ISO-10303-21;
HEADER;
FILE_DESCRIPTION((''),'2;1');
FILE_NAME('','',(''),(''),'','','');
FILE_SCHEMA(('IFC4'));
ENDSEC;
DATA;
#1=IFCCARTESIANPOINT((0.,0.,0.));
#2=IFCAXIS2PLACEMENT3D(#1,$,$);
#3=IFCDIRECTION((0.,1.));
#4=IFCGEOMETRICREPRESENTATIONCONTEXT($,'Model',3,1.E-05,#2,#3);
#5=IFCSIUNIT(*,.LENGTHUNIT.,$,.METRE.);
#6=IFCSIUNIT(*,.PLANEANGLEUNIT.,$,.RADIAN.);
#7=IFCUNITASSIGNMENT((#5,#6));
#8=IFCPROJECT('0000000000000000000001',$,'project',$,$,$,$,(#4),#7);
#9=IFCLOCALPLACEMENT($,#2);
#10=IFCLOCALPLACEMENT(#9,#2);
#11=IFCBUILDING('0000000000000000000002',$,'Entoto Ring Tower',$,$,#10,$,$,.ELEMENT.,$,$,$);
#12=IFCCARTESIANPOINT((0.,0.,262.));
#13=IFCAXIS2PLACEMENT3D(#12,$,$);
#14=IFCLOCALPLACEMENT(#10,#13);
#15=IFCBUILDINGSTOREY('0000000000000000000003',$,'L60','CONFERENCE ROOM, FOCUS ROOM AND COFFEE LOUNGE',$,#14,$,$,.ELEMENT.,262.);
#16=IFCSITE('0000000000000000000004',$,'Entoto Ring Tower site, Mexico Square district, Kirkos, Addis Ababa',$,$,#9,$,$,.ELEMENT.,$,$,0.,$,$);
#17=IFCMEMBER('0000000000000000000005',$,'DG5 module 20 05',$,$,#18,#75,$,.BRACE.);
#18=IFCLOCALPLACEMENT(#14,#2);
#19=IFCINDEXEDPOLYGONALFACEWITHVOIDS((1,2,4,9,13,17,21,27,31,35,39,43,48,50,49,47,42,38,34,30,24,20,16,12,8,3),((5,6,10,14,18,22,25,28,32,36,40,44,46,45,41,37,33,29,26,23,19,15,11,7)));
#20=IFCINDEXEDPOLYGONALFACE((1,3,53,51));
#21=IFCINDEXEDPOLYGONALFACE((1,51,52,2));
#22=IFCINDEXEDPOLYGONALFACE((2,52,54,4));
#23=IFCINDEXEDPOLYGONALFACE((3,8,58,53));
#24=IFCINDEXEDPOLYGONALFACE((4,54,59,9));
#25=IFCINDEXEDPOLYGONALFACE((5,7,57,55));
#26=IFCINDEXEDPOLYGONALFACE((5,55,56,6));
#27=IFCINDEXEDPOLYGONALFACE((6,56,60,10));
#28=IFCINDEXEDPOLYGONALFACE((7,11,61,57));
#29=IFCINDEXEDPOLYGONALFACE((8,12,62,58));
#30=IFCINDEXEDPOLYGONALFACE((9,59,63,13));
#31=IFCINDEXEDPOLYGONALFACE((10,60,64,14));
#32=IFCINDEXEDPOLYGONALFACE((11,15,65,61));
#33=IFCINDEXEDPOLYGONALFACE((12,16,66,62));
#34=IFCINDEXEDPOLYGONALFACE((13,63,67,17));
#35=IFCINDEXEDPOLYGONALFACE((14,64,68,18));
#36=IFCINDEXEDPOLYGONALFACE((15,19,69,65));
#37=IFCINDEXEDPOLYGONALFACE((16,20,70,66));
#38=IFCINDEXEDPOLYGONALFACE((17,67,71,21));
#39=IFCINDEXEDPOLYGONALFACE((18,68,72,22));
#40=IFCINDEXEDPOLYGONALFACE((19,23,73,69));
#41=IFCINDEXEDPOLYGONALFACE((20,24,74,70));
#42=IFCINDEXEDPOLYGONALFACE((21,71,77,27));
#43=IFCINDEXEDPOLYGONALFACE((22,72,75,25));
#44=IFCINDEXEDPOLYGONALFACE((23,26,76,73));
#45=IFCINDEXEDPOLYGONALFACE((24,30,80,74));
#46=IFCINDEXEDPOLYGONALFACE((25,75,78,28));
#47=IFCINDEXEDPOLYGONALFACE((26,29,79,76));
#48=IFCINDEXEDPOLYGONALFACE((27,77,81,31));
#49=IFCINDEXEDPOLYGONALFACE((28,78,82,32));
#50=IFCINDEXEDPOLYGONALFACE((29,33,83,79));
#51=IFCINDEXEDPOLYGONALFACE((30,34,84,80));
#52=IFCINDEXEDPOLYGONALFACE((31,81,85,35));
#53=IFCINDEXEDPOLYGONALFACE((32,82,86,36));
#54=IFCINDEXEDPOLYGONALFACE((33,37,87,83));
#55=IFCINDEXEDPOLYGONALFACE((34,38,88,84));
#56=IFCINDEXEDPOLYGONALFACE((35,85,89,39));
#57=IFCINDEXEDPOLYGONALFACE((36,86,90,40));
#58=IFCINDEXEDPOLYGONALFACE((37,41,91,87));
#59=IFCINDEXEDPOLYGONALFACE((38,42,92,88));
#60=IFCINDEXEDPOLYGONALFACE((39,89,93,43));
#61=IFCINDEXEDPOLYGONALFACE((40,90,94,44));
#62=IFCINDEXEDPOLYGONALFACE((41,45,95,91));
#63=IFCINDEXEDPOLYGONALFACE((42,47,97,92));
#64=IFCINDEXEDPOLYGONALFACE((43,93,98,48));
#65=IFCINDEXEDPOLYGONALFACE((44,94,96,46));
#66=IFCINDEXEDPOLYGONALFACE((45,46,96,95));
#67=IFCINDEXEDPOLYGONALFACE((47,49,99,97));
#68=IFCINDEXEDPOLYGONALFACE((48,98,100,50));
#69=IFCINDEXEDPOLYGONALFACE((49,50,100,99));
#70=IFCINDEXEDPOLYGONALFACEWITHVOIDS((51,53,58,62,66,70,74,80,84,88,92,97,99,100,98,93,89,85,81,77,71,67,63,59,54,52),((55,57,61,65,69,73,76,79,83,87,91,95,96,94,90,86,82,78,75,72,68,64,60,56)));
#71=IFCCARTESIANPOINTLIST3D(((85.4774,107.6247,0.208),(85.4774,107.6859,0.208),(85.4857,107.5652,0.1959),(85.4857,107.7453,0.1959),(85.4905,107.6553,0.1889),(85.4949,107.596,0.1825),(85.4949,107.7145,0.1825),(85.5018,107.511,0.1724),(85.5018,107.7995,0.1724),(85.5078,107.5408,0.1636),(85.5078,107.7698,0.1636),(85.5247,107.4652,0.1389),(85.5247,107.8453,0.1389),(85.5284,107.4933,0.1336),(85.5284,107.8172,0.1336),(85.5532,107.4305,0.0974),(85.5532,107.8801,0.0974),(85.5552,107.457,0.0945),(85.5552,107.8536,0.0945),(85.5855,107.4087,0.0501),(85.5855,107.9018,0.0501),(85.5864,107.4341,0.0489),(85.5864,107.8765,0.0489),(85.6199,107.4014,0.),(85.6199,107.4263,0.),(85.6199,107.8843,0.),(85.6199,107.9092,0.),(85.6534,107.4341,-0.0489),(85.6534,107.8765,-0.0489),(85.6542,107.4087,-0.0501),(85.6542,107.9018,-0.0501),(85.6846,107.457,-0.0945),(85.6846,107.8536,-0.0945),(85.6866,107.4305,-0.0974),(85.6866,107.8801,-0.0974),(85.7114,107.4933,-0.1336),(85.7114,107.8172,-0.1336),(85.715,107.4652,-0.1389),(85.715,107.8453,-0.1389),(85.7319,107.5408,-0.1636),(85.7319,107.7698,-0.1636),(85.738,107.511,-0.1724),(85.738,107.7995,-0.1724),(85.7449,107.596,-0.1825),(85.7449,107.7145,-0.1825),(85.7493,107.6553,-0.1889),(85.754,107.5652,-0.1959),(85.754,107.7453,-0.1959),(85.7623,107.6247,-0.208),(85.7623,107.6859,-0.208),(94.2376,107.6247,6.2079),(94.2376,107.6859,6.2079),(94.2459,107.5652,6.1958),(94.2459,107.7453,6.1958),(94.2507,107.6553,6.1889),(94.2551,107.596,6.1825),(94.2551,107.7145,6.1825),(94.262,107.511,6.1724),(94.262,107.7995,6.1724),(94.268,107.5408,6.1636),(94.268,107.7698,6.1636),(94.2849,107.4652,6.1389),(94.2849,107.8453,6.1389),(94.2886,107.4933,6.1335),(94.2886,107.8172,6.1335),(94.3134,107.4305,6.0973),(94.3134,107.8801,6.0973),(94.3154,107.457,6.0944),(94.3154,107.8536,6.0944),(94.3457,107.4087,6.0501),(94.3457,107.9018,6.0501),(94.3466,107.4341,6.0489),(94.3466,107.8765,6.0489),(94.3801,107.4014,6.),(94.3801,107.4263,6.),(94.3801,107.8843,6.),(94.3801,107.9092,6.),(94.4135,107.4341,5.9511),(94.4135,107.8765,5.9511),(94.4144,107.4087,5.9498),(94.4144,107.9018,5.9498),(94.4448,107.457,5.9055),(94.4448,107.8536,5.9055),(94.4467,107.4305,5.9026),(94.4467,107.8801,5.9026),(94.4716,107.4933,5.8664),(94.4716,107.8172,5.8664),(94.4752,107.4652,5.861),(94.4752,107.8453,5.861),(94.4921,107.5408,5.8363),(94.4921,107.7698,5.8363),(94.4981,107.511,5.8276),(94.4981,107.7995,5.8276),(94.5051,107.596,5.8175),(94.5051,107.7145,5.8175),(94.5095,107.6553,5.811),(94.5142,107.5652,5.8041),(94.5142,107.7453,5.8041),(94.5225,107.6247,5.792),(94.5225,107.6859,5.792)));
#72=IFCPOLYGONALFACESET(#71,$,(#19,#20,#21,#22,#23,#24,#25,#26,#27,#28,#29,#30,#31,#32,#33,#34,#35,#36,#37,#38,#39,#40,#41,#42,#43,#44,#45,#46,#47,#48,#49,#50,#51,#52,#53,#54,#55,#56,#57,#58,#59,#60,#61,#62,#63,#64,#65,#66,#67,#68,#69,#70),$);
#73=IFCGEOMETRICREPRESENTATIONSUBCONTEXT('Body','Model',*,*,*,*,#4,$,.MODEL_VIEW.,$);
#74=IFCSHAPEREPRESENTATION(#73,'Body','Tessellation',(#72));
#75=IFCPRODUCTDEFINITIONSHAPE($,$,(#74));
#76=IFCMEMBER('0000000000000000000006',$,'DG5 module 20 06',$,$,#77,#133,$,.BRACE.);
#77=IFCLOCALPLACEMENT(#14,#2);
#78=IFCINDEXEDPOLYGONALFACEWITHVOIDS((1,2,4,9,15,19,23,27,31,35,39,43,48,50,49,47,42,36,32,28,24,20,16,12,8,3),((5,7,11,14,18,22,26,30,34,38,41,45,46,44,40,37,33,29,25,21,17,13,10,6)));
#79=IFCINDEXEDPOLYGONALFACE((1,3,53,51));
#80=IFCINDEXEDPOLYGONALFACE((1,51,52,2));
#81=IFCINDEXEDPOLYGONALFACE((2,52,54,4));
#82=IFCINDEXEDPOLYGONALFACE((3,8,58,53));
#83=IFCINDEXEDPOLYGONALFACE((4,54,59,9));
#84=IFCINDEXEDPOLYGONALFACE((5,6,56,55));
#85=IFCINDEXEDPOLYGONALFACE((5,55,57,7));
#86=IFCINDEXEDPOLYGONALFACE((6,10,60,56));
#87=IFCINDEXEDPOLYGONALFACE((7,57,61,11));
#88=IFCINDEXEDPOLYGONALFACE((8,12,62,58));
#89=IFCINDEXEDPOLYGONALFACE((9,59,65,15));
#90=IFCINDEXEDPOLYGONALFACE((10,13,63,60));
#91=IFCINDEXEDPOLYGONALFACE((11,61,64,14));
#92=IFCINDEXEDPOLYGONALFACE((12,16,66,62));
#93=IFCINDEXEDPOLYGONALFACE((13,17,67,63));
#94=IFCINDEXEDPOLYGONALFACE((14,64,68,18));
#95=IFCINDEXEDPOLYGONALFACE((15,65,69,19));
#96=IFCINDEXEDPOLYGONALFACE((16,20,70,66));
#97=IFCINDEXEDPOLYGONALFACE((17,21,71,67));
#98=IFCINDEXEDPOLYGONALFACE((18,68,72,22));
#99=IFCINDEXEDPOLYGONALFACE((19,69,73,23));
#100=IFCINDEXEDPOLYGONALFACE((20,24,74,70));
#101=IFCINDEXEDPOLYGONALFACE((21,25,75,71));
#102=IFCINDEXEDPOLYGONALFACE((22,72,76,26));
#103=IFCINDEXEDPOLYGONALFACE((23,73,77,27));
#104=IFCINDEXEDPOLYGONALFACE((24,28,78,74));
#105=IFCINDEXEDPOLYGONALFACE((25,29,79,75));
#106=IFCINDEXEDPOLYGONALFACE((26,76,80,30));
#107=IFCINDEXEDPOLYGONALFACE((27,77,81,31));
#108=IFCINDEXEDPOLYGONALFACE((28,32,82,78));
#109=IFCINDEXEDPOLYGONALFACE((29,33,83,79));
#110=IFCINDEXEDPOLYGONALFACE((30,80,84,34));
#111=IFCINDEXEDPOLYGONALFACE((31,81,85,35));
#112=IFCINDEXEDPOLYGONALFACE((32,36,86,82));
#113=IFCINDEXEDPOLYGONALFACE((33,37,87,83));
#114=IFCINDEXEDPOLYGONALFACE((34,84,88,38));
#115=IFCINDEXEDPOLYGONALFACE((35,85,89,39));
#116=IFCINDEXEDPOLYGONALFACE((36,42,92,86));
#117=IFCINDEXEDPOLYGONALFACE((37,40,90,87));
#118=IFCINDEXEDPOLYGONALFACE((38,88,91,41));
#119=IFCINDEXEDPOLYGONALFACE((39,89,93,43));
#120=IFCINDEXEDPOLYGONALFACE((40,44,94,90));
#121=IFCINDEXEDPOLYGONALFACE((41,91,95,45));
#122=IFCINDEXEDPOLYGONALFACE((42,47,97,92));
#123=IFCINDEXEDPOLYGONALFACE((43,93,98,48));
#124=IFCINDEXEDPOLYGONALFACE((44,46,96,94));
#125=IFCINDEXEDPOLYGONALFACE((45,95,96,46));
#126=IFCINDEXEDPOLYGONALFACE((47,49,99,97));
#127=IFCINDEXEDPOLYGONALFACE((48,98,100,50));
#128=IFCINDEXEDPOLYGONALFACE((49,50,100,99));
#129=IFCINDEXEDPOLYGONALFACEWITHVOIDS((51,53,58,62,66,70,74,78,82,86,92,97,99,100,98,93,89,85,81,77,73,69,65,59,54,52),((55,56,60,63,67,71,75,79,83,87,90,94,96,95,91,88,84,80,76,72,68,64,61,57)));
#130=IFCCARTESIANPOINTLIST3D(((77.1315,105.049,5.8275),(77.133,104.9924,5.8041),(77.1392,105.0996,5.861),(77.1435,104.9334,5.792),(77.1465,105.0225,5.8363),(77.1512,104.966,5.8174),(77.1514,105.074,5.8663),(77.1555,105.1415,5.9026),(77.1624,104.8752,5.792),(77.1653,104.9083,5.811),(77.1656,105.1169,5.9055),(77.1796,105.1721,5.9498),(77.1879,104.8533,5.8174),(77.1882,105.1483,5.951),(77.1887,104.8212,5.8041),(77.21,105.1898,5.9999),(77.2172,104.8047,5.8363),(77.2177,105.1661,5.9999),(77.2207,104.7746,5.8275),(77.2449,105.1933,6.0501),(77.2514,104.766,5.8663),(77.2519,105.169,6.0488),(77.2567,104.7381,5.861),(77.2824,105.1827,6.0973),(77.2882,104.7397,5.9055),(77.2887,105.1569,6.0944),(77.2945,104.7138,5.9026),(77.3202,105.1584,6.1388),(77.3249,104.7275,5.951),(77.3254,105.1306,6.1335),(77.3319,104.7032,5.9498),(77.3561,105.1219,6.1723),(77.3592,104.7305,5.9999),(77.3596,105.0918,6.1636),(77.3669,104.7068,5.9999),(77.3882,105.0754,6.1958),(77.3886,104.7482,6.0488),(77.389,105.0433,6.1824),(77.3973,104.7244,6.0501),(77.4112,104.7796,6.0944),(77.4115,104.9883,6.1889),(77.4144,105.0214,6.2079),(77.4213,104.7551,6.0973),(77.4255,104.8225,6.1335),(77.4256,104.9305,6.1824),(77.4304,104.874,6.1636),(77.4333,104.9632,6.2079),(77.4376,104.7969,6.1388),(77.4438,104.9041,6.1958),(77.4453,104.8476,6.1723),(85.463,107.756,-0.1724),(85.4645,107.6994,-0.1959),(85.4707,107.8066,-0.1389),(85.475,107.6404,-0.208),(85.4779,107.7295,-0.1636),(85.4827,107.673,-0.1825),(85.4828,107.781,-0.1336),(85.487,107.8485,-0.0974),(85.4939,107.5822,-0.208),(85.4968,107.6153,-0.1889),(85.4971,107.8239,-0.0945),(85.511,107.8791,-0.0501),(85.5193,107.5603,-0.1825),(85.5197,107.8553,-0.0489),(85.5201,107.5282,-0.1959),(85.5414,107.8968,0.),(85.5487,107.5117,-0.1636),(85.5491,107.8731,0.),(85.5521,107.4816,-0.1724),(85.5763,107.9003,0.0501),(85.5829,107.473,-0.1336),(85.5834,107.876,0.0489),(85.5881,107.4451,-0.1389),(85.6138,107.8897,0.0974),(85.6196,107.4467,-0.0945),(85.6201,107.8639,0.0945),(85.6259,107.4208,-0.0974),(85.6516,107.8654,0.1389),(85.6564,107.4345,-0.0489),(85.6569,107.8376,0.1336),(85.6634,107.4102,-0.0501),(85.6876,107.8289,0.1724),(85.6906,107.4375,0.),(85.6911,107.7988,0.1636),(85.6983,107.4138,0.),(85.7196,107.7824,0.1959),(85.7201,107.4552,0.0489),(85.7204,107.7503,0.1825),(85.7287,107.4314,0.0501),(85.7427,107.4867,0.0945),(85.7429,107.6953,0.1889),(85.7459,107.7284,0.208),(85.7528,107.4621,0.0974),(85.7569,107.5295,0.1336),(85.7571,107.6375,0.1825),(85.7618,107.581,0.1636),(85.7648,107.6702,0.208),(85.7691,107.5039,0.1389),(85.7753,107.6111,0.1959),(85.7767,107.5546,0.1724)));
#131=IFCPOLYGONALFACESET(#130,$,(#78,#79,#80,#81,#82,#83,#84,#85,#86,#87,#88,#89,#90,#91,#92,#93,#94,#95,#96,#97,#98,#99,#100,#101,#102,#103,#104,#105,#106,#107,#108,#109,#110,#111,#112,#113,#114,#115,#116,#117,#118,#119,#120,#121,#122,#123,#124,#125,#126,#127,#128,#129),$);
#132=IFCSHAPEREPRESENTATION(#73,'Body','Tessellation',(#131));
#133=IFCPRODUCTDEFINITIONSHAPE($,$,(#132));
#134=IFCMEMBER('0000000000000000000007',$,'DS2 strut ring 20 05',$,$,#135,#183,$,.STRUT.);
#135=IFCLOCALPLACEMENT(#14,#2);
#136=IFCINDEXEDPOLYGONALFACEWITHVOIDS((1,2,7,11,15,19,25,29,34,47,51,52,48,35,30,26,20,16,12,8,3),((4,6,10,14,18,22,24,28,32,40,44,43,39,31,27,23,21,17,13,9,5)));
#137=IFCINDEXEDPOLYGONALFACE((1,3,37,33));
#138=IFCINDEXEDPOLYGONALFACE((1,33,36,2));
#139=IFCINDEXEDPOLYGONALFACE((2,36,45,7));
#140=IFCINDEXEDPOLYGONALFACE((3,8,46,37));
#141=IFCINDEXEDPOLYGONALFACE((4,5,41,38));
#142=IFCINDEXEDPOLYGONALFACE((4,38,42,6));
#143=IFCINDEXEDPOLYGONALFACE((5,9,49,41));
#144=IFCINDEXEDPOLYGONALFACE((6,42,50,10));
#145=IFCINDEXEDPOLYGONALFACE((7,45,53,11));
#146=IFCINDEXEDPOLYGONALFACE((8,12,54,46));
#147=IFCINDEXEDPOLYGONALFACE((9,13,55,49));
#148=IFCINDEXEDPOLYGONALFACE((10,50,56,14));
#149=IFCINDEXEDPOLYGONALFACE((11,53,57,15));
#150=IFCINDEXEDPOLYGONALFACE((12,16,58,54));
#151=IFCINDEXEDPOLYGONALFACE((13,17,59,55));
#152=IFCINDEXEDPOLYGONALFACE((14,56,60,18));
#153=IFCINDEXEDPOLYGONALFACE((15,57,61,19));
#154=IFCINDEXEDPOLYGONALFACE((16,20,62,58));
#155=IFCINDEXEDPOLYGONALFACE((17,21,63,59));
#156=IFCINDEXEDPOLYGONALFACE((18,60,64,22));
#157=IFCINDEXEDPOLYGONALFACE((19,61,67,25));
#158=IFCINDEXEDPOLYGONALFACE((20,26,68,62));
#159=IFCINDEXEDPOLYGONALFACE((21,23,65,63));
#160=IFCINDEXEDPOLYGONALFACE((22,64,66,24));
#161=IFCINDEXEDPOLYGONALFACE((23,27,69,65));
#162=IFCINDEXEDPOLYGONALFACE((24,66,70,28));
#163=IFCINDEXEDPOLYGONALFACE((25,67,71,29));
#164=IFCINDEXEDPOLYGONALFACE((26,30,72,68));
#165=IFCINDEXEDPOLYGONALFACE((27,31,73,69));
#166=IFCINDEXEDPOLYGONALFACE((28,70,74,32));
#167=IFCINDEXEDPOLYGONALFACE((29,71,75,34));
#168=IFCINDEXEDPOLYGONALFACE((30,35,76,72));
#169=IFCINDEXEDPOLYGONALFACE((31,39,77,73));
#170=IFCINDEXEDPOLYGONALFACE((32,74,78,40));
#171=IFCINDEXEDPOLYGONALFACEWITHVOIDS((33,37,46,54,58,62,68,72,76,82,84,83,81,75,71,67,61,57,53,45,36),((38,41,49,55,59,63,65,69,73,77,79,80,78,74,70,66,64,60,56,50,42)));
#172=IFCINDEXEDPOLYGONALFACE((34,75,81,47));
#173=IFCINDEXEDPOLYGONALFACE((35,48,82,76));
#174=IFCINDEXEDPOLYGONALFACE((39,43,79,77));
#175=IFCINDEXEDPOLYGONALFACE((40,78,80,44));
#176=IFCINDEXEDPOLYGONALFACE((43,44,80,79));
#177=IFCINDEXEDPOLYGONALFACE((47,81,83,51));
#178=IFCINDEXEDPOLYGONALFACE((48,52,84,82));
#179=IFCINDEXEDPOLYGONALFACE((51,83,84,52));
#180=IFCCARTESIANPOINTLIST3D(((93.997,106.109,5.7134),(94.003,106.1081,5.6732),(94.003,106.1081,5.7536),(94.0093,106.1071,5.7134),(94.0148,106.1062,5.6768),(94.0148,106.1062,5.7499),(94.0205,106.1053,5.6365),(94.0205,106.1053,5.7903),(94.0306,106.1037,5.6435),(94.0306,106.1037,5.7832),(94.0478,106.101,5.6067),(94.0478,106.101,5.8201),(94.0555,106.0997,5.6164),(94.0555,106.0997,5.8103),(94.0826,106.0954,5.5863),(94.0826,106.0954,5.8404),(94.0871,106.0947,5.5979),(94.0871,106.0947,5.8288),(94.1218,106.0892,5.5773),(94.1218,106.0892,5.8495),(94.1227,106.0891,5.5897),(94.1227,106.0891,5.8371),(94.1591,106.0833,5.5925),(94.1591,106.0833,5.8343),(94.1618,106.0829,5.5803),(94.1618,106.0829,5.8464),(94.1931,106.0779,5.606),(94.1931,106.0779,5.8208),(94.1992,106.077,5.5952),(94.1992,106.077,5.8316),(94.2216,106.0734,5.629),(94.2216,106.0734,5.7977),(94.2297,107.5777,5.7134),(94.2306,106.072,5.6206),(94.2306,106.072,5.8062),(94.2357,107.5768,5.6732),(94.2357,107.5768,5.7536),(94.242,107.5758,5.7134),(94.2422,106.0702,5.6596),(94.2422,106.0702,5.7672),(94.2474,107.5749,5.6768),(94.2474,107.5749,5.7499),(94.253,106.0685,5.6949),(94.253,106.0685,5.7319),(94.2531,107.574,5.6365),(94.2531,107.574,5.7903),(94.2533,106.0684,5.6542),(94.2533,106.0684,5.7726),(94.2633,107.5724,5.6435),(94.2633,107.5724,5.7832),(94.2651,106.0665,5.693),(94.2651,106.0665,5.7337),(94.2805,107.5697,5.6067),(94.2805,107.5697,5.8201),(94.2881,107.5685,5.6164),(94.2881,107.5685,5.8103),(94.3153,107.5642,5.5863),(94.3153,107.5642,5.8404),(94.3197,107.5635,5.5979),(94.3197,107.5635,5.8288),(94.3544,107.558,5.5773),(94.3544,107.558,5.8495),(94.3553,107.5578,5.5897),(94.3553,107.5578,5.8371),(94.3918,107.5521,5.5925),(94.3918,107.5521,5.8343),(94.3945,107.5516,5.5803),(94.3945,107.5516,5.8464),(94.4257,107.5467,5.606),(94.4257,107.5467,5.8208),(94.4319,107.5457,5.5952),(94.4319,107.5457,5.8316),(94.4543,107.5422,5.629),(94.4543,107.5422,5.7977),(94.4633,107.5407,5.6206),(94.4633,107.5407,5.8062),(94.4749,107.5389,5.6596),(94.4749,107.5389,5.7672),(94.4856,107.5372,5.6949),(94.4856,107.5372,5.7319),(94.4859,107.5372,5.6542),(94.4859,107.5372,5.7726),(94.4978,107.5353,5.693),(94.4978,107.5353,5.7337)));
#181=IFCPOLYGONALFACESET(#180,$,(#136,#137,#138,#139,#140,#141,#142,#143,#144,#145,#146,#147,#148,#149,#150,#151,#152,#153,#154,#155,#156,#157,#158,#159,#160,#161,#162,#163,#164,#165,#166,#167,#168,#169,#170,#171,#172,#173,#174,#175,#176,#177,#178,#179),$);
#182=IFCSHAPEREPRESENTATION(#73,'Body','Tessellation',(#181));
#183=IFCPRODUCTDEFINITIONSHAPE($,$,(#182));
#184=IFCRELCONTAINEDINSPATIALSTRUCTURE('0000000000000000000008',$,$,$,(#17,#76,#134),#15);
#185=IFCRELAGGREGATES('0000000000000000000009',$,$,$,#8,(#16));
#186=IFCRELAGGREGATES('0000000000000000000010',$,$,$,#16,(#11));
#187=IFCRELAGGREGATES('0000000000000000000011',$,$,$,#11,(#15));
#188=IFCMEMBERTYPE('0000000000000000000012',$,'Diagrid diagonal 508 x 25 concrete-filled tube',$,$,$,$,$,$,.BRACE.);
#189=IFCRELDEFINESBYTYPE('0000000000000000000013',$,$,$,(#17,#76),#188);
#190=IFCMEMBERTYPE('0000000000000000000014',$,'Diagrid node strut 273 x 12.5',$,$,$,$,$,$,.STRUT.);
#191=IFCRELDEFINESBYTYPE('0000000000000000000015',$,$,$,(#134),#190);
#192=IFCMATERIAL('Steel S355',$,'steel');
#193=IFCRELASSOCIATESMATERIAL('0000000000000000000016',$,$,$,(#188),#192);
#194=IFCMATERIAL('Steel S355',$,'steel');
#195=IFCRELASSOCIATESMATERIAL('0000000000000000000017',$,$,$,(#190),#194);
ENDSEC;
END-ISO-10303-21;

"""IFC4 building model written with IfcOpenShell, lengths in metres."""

from ifc_helpers import new_model, si_unit, direction, frame, origin, origin_2d, place, context, subcontext, project, spatial, circle, hollow_circle, extrude, material, material_profile, profile_set, type_object, element, save


model = new_model("IFC4")

# Units and contexts
model_context = context("Model", 3, precision=1e-05, world=origin(), true_north=direction((0.0, 1.0)))
body_context = subcontext(model_context, "Body", "Model", "MODEL_VIEW")
ifc_project = project(units=[si_unit("LENGTHUNIT", "METRE"), si_unit("PLANEANGLEUNIT", "RADIAN")], contexts=[model_context])

# Site, building, storey
site_placement = place(None, origin())
site = spatial("IfcSite", under=ifc_project, at=site_placement, Name="Entoto Ring Tower site, Mexico Square district, Kirkos, Addis Ababa", CompositionType="ELEMENT", RefElevation=0.0)
building_placement = place(site_placement, origin())
building = spatial("IfcBuilding", under=site, at=building_placement, Name="Entoto Ring Tower", CompositionType="ELEMENT")
storey_placement = place(building_placement, frame((0.0, 0.0, 262.0)))
storey = spatial("IfcBuildingStorey", under=building, at=storey_placement, Name="L60", Description="CONFERENCE ROOM, FOCUS ROOM AND COFFEE LOUNGE", CompositionType="ELEMENT", Elevation=262.0)

# Members
ifc_material_1 = material(Name="Steel S355", Category="steel")
ifc_material_profile_1 = material_profile(ifc_material_1, hollow_circle(Radius=0.2539, WallThickness=0.0249, at=origin_2d()), Name="CHS 508 x 25")
ifc_material_2 = material(Name="Concrete C60/75", Category="concrete")
ifc_material_profile_2 = material_profile(ifc_material_2, circle(Radius=0.229, at=origin_2d()), Name="Concrete C60/75 infill")
ifc_profile_set_1 = profile_set([ifc_material_profile_1, ifc_material_profile_2], Name="Steel S355")
member_type_1 = type_object("IfcMemberType", Name="Diagrid diagonal 508 x 25 concrete-filled tube", PredefinedType="BRACE", material=ifc_profile_set_1)
for number, where, z_axis, x_axis, name in (
    (1, (85.6199, 107.6553, 0.0), (0.825038, 0.0, 0.565078), (0.0, 1.0, 0.0), "DG5 module 20 05"),
    (2, (85.6199, 107.6553, 0.0), (-0.78466, -0.254947, 0.565076), (0.309012, -0.951058, 0.0), "DG5 module 20 06"),
):
    element("IfcMember", number, at=place(storey_placement, frame(where, z_axis=z_axis, x_axis=x_axis)), inside=storey, type_object=member_type_1, Name=name, PredefinedType="BRACE", context=body_context, shape_type="SweptSolid", body=[
        extrude(hollow_circle(Radius=0.2539, WallThickness=0.0249, at=origin_2d()), origin(), (0.0, 0.0, 1.0), 10.6179),
    ])
ifc_material_3 = material(Name="Steel S355", Category="steel")
ifc_material_profile_3 = material_profile(ifc_material_3, hollow_circle(Radius=0.1365, WallThickness=0.0125, at=origin_2d()), Name="CHS 273 x 12.5")
ifc_material_4 = material(Name="Concrete C60/75", Category="concrete")
ifc_material_profile_4 = material_profile(ifc_material_4, circle(Radius=0.124, at=origin_2d()), Name="Concrete C60/75 infill")
ifc_profile_set_2 = profile_set([ifc_material_profile_3, ifc_material_profile_4], Name="Steel S355")
member_type_2 = type_object("IfcMemberType", Name="Diagrid node strut 273 x 12.5", PredefinedType="STRUT", material=ifc_profile_set_2)
for number, where, z_axis, x_axis, name in (
    (3, (94.1318, 106.0876, 5.7134), (0.15646, 0.987684, 0.0), (-0.987684, 0.15646, 0.0), "DS2 strut ring 20 05"),
):
    element("IfcMember", number, at=place(storey_placement, frame(where, z_axis=z_axis, x_axis=x_axis)), inside=storey, type_object=member_type_2, Name=name, PredefinedType="STRUT", context=body_context, shape_type="SweptSolid", body=[
        extrude(hollow_circle(Radius=0.1365, WallThickness=0.0125, at=origin_2d()), origin(), (0.0, 0.0, 1.0), 1.4871),
    ])

save(model, "model.ifc")
